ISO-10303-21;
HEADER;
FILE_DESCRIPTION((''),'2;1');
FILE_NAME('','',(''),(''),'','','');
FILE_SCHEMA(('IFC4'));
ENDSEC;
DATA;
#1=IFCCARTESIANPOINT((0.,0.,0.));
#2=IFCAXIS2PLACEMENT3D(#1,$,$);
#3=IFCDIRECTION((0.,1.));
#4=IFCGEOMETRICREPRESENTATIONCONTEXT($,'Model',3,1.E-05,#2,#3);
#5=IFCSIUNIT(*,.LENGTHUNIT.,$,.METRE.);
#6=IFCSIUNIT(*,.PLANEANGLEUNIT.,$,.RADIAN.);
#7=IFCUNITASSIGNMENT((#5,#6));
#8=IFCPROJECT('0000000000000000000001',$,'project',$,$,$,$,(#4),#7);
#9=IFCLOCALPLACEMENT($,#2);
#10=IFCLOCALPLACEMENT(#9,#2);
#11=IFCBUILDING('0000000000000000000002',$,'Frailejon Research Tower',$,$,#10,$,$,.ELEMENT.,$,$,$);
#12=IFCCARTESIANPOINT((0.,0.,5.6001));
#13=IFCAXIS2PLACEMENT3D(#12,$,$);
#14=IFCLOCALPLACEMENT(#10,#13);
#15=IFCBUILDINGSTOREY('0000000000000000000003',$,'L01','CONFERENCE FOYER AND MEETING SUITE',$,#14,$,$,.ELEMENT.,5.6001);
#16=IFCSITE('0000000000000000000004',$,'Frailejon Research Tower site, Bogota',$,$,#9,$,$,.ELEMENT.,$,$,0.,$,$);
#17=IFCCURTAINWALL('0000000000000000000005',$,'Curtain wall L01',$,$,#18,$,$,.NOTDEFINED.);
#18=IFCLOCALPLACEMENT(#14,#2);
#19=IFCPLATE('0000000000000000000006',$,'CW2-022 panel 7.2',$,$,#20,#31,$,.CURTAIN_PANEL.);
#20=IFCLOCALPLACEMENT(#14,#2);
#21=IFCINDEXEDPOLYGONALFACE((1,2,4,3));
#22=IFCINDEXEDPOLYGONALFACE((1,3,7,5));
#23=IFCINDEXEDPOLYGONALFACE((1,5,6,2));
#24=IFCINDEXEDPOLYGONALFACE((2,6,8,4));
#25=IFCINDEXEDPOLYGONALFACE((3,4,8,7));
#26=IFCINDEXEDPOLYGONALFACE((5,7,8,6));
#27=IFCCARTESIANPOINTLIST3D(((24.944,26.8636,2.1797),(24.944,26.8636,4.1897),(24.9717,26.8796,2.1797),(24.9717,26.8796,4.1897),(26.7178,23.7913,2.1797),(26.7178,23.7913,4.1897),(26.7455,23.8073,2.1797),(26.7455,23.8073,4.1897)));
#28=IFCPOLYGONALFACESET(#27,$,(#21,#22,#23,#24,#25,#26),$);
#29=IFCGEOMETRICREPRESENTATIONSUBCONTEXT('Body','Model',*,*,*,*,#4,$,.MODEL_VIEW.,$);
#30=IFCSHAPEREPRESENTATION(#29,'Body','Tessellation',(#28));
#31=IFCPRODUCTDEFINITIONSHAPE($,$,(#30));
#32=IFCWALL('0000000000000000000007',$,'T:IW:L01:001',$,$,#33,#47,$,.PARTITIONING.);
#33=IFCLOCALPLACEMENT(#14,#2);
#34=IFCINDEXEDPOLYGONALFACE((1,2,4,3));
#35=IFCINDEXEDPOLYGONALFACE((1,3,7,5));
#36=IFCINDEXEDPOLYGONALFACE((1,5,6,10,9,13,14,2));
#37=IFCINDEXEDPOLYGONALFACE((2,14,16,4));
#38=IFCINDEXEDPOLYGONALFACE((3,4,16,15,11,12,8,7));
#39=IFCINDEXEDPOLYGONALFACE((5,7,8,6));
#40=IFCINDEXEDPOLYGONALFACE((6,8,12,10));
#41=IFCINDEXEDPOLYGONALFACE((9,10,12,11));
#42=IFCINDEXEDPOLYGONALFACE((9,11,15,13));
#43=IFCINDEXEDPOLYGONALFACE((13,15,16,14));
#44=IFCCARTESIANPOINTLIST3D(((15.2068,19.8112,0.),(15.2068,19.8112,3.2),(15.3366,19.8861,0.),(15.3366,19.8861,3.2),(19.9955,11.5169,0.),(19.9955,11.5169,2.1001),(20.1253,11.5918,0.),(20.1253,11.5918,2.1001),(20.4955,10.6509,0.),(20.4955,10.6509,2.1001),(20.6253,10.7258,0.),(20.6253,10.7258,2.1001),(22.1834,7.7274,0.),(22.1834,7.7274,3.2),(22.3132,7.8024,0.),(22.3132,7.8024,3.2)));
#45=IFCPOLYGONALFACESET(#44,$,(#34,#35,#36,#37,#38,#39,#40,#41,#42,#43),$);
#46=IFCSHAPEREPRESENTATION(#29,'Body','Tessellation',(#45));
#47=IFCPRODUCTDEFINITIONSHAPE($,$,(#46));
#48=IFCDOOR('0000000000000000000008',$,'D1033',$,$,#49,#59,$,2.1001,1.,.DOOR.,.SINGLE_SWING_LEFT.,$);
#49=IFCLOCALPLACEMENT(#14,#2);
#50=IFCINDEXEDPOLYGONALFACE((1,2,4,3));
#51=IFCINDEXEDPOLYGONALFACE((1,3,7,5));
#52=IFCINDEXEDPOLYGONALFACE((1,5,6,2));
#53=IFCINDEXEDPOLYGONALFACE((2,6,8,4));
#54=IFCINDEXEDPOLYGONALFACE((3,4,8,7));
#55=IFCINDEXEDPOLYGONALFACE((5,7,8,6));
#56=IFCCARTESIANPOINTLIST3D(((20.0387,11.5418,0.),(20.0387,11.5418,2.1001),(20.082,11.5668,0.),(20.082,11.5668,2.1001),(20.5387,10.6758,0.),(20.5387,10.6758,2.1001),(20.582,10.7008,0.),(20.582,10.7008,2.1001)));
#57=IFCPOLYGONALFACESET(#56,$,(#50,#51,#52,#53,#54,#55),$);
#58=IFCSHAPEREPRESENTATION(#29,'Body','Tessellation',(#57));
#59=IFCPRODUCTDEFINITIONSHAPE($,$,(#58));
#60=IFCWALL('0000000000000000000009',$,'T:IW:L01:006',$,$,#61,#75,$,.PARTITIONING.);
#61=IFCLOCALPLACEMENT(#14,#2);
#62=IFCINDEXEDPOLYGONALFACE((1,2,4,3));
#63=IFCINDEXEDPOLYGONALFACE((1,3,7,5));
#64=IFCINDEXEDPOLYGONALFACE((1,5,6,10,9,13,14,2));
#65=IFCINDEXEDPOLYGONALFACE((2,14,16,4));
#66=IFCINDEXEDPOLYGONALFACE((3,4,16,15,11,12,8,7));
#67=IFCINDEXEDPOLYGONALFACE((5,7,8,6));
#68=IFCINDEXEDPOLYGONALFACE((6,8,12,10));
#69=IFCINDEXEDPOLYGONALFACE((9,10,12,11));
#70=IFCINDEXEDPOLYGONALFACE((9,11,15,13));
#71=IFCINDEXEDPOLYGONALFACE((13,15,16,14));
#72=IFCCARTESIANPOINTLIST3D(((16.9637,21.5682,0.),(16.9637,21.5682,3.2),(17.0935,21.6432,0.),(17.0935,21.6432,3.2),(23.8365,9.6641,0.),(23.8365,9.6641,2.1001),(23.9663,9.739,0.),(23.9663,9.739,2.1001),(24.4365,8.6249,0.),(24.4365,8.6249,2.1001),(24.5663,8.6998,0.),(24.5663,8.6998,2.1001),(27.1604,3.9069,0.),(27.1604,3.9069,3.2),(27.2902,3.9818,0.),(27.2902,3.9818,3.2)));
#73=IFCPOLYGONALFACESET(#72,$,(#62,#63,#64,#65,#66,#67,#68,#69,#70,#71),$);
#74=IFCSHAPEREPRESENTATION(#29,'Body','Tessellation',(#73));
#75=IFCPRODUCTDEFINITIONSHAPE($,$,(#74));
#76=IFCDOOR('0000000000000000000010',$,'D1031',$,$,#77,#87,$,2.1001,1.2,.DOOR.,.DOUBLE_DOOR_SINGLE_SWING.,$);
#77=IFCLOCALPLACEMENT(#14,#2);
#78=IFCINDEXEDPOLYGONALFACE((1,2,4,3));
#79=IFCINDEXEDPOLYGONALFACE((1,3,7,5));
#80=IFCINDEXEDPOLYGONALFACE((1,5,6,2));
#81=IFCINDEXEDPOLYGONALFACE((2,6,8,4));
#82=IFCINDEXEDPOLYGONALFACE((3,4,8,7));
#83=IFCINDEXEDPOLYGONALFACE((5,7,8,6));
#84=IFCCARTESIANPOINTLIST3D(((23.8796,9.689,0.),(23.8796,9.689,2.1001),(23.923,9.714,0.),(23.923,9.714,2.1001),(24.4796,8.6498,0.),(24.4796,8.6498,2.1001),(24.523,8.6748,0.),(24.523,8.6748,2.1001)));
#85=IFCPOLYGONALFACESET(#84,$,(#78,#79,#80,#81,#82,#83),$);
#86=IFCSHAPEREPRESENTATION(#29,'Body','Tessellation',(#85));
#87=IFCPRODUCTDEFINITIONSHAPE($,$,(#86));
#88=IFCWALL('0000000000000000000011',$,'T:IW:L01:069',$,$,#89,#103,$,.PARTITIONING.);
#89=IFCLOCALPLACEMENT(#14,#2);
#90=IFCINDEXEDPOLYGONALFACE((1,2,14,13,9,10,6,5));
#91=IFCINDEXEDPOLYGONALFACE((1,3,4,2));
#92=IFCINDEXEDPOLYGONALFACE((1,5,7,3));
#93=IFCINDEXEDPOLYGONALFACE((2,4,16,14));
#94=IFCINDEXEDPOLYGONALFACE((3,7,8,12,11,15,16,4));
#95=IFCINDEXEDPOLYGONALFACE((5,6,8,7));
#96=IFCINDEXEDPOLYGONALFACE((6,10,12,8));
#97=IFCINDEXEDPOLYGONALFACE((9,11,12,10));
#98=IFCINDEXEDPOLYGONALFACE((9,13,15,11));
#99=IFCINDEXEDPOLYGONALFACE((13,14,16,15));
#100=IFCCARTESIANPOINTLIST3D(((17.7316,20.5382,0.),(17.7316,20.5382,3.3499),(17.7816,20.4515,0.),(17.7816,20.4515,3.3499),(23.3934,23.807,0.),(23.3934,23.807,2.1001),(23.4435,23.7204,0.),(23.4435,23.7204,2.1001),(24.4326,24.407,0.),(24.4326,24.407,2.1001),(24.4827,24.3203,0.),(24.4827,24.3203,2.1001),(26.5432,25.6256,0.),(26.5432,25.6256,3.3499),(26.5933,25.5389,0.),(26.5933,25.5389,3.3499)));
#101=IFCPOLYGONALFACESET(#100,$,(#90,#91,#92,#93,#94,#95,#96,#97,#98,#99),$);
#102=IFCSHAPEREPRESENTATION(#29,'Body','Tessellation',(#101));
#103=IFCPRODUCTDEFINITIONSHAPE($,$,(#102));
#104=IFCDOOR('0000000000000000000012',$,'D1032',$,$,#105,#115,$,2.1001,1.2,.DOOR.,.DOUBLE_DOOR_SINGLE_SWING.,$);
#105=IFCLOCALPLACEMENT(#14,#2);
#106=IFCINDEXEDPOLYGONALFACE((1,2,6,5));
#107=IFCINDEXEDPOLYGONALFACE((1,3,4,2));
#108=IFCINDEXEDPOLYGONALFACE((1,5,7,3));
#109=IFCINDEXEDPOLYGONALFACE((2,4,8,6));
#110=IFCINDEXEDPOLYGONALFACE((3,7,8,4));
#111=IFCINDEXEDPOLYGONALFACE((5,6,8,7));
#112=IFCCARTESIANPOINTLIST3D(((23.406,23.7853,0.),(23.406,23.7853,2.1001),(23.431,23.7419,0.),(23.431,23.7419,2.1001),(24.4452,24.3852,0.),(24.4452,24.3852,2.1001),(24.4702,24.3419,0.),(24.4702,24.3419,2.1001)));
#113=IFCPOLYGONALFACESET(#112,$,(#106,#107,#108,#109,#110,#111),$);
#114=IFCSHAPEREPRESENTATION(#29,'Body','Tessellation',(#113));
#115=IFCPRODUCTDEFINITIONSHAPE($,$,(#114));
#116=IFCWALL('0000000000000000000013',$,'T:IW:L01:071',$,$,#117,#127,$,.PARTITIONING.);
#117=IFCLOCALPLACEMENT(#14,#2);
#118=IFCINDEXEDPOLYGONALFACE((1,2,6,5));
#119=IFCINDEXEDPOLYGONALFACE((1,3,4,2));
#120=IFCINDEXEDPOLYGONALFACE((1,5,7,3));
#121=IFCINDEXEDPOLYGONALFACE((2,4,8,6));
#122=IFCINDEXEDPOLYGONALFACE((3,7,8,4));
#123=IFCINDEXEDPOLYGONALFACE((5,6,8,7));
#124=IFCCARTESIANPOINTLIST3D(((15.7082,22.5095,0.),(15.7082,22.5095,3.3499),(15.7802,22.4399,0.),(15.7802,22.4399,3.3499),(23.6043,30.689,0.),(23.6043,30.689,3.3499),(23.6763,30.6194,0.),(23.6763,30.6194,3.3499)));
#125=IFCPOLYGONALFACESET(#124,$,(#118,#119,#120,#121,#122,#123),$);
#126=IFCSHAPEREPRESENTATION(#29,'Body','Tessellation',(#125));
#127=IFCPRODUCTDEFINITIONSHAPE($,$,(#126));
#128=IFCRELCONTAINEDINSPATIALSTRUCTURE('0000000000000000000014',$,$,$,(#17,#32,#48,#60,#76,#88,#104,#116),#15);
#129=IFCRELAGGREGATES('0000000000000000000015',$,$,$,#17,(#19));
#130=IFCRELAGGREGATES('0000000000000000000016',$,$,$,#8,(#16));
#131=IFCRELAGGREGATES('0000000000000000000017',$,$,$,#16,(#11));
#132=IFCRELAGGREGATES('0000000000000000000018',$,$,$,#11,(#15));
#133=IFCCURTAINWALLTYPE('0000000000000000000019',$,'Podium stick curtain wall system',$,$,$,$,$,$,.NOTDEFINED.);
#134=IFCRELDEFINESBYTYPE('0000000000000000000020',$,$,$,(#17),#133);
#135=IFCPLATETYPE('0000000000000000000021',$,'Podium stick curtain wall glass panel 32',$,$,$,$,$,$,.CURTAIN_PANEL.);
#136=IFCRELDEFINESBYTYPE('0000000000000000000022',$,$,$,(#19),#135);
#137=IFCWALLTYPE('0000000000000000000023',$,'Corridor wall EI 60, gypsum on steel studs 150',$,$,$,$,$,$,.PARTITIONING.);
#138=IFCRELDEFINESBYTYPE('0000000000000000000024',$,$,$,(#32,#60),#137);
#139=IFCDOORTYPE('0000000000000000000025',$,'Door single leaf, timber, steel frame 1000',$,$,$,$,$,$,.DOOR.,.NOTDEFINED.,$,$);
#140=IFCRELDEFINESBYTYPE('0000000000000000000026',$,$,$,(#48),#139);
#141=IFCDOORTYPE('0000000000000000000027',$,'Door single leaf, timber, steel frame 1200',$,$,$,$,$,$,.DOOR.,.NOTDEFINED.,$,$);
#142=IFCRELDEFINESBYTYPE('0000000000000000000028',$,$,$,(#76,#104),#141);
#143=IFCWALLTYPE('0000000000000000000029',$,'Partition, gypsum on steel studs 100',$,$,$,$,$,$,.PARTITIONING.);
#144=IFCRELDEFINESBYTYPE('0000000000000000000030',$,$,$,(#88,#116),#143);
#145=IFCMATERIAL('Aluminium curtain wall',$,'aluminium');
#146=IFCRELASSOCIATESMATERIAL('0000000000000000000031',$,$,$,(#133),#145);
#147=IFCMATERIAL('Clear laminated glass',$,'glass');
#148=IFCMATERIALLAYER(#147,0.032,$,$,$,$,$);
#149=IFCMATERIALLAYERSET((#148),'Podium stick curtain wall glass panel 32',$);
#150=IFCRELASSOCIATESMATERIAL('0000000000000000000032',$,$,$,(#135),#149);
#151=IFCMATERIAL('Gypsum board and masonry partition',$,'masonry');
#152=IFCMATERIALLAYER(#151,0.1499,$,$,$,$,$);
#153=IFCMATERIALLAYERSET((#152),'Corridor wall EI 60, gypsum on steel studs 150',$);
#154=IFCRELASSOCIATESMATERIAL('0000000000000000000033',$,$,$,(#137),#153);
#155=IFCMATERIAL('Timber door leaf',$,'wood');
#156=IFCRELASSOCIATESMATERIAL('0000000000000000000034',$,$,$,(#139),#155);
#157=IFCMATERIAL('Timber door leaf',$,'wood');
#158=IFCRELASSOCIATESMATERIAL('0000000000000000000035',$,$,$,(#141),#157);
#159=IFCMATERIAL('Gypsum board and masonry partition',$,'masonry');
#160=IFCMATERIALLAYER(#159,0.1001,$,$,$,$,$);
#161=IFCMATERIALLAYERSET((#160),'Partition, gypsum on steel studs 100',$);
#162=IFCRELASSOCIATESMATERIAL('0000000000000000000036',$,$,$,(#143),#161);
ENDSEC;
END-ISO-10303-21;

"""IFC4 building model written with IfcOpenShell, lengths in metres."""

from ifc_helpers import new_model, si_unit, direction, frame, frame_2d, origin, origin_2d, place, context, subcontext, project, spatial, rectangle, extrude, material, layer, layer_set, type_object, element, fill, aggregate, save


model = new_model("IFC4")

# Units and contexts
model_context = context("Model", 3, precision=1e-05, world=origin(), true_north=direction((0.0, 1.0)))
body_context = subcontext(model_context, "Body", "Model", "MODEL_VIEW")
ifc_project = project(units=[si_unit("LENGTHUNIT", "METRE"), si_unit("PLANEANGLEUNIT", "RADIAN")], contexts=[model_context])

# Site, building, storey
site_placement = place(None, origin())
site = spatial("IfcSite", under=ifc_project, at=site_placement, Name="Frailejon Research Tower site, Bogota", CompositionType="ELEMENT", RefElevation=0.0)
building_placement = place(site_placement, origin())
building = spatial("IfcBuilding", under=site, at=building_placement, Name="Frailejon Research Tower", CompositionType="ELEMENT")
storey_placement = place(building_placement, frame((0.0, 0.0, 5.6001)))
storey = spatial("IfcBuildingStorey", under=building, at=storey_placement, Name="L01", Description="CONFERENCE FOYER AND MEETING SUITE", CompositionType="ELEMENT", Elevation=5.6001)

# Curtain wall, plate
ifc_material_1 = material(Name="Aluminium curtain wall", Category="aluminium")
curtain_wall_type = type_object("IfcCurtainWallType", Name="Podium stick curtain wall system", PredefinedType="NOTDEFINED", material=ifc_material_1)
curtain_wall_placement = place(storey_placement, origin())
curtain_wall = element("IfcCurtainWall", 1, at=curtain_wall_placement, inside=storey, type_object=curtain_wall_type, Name="Curtain wall L01", PredefinedType="NOTDEFINED")
ifc_material_2 = material(Name="Clear laminated glass", Category="glass")
ifc_layer_1 = layer(ifc_material_2, 0.032)
ifc_layer_set_1 = layer_set([ifc_layer_1], Name="Podium stick curtain wall glass panel 32")
plate_type = type_object("IfcPlateType", Name="Podium stick curtain wall glass panel 32", PredefinedType="CURTAIN_PANEL", material=ifc_layer_set_1)
plate_1_placement = place(storey_placement, frame((25.8447, 25.3354, 2.1797), z_axis=(0.0, 0.0, 1.0), x_axis=(-0.499998, 0.866026, 0.0)))
plate_1 = element("IfcPlate", 2, at=plate_1_placement, type_object=plate_type, Name="CW2-022 panel 7.2", PredefinedType="CURTAIN_PANEL", context=body_context, shape_type="SweptSolid", body=[
    extrude(rectangle(XDim=3.5476, YDim=0.032, at=origin_2d()), origin(), (0.0, 0.0, 1.0), 2.01),
])
aggregate(curtain_wall, [plate_1])

# Walls, openings, doors
ifc_material_3 = material(Name="Gypsum board and masonry partition", Category="masonry")
ifc_layer_2 = layer(ifc_material_3, 0.1499)
ifc_layer_set_2 = layer_set([ifc_layer_2], Name="Corridor wall EI 60, gypsum on steel studs 150")
wall_type_1 = type_object("IfcWallType", Name="Corridor wall EI 60, gypsum on steel studs 150", PredefinedType="PARTITIONING", material=ifc_layer_set_2)
wall_1_placement = place(storey_placement, frame((15.2717, 19.8486, 0.0), z_axis=(0.0, 0.0, 1.0), x_axis=(0.500001, -0.866025, 0.0)))
wall_1 = element("IfcWall", 3, at=wall_1_placement, inside=storey, type_object=wall_type_1, Name="T:IW:L01:001", PredefinedType="PARTITIONING", context=body_context, shape_type="SweptSolid", body=[
    extrude(rectangle(XDim=13.9531, YDim=0.1499, at=frame_2d((6.9766, 0.0))), origin(), (0.0, 0.0, 1.0), 3.2),
])
opening_1_placement = place(wall_1_placement, frame((9.5774, 0.0, 0.0)))
opening_1 = element("IfcOpeningElement", 4, at=opening_1_placement, cuts=wall_1, PredefinedType="OPENING", context=body_context, shape_type="SweptSolid", body=[
    extrude(rectangle(XDim=1.0, YDim=2.1001, at=frame_2d((0.5, 1.05))), frame((0.0, 0.085, 0.0), z_axis=(0.0, -1.0, 0.0), x_axis=(1.0, 0.0, 0.0)), (0.0, 0.0, 1.0), 0.1699),
])
ifc_material_4 = material(Name="Timber door leaf", Category="wood")
door_type_1 = type_object("IfcDoorType", Name="Door single leaf, timber, steel frame 1000", OperationType="NOTDEFINED", PredefinedType="DOOR", material=ifc_material_4)
door_1_placement = place(opening_1_placement, origin())
door_1 = element("IfcDoor", 5, at=door_1_placement, inside=storey, type_object=door_type_1, Name="D1033", OperationType="SINGLE_SWING_LEFT", OverallHeight=2.1001, OverallWidth=1.0, PredefinedType="DOOR", context=body_context, shape_type="SweptSolid", body=[
    extrude(rectangle(XDim=1.0, YDim=2.1001, at=frame_2d((0.5, 1.05))), frame((0.0, 0.0249, 0.0), z_axis=(0.0, -1.0, 0.0), x_axis=(1.0, 0.0, 0.0)), (0.0, 0.0, 1.0), 0.05),
])
fill(opening_1, door_1)
wall_2_placement = place(storey_placement, frame((17.0286, 21.6057, 0.0), z_axis=(0.0, 0.0, 1.0), x_axis=(0.499999, -0.866026, 0.0)))
wall_2 = element("IfcWall", 6, at=wall_2_placement, inside=storey, type_object=wall_type_1, Name="T:IW:L01:006", PredefinedType="PARTITIONING", context=body_context, shape_type="SweptSolid", body=[
    extrude(rectangle(XDim=20.3936, YDim=0.1499, at=frame_2d((10.1968, 0.0))), origin(), (0.0, 0.0, 1.0), 3.2),
])
opening_2_placement = place(wall_2_placement, frame((13.7456, 0.0, 0.0)))
opening_2 = element("IfcOpeningElement", 7, at=opening_2_placement, cuts=wall_2, PredefinedType="OPENING", context=body_context, shape_type="SweptSolid", body=[
    extrude(rectangle(XDim=1.2, YDim=2.1001, at=frame_2d((0.6001, 1.05))), frame((0.0, 0.085, 0.0), z_axis=(0.0, -1.0, 0.0), x_axis=(1.0, 0.0, 0.0)), (0.0, 0.0, 1.0), 0.1699),
])
ifc_material_5 = material(Name="Timber door leaf", Category="wood")
door_type_2 = type_object("IfcDoorType", Name="Door single leaf, timber, steel frame 1200", OperationType="NOTDEFINED", PredefinedType="DOOR", material=ifc_material_5)
door_2_placement = place(opening_2_placement, origin())
door_2 = element("IfcDoor", 8, at=door_2_placement, inside=storey, type_object=door_type_2, Name="D1031", OperationType="DOUBLE_DOOR_SINGLE_SWING", OverallHeight=2.1001, OverallWidth=1.2, PredefinedType="DOOR", context=body_context, shape_type="SweptSolid", body=[
    extrude(rectangle(XDim=1.2, YDim=2.1001, at=frame_2d((0.6001, 1.05))), frame((0.0, 0.0249, 0.0), z_axis=(0.0, -1.0, 0.0), x_axis=(1.0, 0.0, 0.0)), (0.0, 0.0, 1.0), 0.05),
])
fill(opening_2, door_2)
ifc_material_6 = material(Name="Gypsum board and masonry partition", Category="masonry")
ifc_layer_3 = layer(ifc_material_6, 0.1001)
ifc_layer_set_3 = layer_set([ifc_layer_3], Name="Partition, gypsum on steel studs 100")
wall_type_2 = type_object("IfcWallType", Name="Partition, gypsum on steel studs 100", PredefinedType="PARTITIONING", material=ifc_layer_set_3)
wall_3_placement = place(storey_placement, frame((17.7566, 20.4949, 0.0), z_axis=(0.0, 0.0, 1.0), x_axis=(0.866029, 0.499995, 0.0)))
wall_3 = element("IfcWall", 9, at=wall_3_placement, inside=storey, type_object=wall_type_2, Name="T:IW:L01:069", PredefinedType="PARTITIONING", context=body_context, shape_type="SweptSolid", body=[
    extrude(rectangle(XDim=10.1748, YDim=0.1001, at=frame_2d((5.0874, 0.0))), origin(), (0.0, 0.0, 1.0), 3.3499),
])
opening_3_placement = place(wall_3_placement, frame((6.5376, 0.0, 0.0)))
opening_3 = element("IfcOpeningElement", 10, at=opening_3_placement, cuts=wall_3, PredefinedType="OPENING", context=body_context, shape_type="SweptSolid", body=[
    extrude(rectangle(XDim=1.2, YDim=2.1001, at=frame_2d((0.6001, 1.05))), frame((0.0, 0.0601, 0.0), z_axis=(0.0, -1.0, 0.0), x_axis=(1.0, 0.0, 0.0)), (0.0, 0.0, 1.0), 0.1201),
])
door_3_placement = place(opening_3_placement, origin())
door_3 = element("IfcDoor", 11, at=door_3_placement, inside=storey, type_object=door_type_2, Name="D1032", OperationType="DOUBLE_DOOR_SINGLE_SWING", OverallHeight=2.1001, OverallWidth=1.2, PredefinedType="DOOR", context=body_context, shape_type="SweptSolid", body=[
    extrude(rectangle(XDim=1.2, YDim=2.1001, at=frame_2d((0.6001, 1.05))), frame((0.0, 0.0249, 0.0), z_axis=(0.0, -1.0, 0.0), x_axis=(1.0, 0.0, 0.0)), (0.0, 0.0, 1.0), 0.05),
])
fill(opening_3, door_3)

# Wall
wall_4_placement = place(storey_placement, frame((15.7441, 22.4746, 0.0), z_axis=(0.0, 0.0, 1.0), x_axis=(0.694531, 0.719463, 0.0)))
element("IfcWall", 12, at=wall_4_placement, inside=storey, type_object=wall_type_2, Name="T:IW:L01:071", PredefinedType="PARTITIONING", context=body_context, shape_type="SweptSolid", body=[
    extrude(rectangle(XDim=11.3689, YDim=0.1001, at=frame_2d((5.6846, 0.0))), origin(), (0.0, 0.0, 1.0), 3.3499),
])

save(model, "model.ifc")
